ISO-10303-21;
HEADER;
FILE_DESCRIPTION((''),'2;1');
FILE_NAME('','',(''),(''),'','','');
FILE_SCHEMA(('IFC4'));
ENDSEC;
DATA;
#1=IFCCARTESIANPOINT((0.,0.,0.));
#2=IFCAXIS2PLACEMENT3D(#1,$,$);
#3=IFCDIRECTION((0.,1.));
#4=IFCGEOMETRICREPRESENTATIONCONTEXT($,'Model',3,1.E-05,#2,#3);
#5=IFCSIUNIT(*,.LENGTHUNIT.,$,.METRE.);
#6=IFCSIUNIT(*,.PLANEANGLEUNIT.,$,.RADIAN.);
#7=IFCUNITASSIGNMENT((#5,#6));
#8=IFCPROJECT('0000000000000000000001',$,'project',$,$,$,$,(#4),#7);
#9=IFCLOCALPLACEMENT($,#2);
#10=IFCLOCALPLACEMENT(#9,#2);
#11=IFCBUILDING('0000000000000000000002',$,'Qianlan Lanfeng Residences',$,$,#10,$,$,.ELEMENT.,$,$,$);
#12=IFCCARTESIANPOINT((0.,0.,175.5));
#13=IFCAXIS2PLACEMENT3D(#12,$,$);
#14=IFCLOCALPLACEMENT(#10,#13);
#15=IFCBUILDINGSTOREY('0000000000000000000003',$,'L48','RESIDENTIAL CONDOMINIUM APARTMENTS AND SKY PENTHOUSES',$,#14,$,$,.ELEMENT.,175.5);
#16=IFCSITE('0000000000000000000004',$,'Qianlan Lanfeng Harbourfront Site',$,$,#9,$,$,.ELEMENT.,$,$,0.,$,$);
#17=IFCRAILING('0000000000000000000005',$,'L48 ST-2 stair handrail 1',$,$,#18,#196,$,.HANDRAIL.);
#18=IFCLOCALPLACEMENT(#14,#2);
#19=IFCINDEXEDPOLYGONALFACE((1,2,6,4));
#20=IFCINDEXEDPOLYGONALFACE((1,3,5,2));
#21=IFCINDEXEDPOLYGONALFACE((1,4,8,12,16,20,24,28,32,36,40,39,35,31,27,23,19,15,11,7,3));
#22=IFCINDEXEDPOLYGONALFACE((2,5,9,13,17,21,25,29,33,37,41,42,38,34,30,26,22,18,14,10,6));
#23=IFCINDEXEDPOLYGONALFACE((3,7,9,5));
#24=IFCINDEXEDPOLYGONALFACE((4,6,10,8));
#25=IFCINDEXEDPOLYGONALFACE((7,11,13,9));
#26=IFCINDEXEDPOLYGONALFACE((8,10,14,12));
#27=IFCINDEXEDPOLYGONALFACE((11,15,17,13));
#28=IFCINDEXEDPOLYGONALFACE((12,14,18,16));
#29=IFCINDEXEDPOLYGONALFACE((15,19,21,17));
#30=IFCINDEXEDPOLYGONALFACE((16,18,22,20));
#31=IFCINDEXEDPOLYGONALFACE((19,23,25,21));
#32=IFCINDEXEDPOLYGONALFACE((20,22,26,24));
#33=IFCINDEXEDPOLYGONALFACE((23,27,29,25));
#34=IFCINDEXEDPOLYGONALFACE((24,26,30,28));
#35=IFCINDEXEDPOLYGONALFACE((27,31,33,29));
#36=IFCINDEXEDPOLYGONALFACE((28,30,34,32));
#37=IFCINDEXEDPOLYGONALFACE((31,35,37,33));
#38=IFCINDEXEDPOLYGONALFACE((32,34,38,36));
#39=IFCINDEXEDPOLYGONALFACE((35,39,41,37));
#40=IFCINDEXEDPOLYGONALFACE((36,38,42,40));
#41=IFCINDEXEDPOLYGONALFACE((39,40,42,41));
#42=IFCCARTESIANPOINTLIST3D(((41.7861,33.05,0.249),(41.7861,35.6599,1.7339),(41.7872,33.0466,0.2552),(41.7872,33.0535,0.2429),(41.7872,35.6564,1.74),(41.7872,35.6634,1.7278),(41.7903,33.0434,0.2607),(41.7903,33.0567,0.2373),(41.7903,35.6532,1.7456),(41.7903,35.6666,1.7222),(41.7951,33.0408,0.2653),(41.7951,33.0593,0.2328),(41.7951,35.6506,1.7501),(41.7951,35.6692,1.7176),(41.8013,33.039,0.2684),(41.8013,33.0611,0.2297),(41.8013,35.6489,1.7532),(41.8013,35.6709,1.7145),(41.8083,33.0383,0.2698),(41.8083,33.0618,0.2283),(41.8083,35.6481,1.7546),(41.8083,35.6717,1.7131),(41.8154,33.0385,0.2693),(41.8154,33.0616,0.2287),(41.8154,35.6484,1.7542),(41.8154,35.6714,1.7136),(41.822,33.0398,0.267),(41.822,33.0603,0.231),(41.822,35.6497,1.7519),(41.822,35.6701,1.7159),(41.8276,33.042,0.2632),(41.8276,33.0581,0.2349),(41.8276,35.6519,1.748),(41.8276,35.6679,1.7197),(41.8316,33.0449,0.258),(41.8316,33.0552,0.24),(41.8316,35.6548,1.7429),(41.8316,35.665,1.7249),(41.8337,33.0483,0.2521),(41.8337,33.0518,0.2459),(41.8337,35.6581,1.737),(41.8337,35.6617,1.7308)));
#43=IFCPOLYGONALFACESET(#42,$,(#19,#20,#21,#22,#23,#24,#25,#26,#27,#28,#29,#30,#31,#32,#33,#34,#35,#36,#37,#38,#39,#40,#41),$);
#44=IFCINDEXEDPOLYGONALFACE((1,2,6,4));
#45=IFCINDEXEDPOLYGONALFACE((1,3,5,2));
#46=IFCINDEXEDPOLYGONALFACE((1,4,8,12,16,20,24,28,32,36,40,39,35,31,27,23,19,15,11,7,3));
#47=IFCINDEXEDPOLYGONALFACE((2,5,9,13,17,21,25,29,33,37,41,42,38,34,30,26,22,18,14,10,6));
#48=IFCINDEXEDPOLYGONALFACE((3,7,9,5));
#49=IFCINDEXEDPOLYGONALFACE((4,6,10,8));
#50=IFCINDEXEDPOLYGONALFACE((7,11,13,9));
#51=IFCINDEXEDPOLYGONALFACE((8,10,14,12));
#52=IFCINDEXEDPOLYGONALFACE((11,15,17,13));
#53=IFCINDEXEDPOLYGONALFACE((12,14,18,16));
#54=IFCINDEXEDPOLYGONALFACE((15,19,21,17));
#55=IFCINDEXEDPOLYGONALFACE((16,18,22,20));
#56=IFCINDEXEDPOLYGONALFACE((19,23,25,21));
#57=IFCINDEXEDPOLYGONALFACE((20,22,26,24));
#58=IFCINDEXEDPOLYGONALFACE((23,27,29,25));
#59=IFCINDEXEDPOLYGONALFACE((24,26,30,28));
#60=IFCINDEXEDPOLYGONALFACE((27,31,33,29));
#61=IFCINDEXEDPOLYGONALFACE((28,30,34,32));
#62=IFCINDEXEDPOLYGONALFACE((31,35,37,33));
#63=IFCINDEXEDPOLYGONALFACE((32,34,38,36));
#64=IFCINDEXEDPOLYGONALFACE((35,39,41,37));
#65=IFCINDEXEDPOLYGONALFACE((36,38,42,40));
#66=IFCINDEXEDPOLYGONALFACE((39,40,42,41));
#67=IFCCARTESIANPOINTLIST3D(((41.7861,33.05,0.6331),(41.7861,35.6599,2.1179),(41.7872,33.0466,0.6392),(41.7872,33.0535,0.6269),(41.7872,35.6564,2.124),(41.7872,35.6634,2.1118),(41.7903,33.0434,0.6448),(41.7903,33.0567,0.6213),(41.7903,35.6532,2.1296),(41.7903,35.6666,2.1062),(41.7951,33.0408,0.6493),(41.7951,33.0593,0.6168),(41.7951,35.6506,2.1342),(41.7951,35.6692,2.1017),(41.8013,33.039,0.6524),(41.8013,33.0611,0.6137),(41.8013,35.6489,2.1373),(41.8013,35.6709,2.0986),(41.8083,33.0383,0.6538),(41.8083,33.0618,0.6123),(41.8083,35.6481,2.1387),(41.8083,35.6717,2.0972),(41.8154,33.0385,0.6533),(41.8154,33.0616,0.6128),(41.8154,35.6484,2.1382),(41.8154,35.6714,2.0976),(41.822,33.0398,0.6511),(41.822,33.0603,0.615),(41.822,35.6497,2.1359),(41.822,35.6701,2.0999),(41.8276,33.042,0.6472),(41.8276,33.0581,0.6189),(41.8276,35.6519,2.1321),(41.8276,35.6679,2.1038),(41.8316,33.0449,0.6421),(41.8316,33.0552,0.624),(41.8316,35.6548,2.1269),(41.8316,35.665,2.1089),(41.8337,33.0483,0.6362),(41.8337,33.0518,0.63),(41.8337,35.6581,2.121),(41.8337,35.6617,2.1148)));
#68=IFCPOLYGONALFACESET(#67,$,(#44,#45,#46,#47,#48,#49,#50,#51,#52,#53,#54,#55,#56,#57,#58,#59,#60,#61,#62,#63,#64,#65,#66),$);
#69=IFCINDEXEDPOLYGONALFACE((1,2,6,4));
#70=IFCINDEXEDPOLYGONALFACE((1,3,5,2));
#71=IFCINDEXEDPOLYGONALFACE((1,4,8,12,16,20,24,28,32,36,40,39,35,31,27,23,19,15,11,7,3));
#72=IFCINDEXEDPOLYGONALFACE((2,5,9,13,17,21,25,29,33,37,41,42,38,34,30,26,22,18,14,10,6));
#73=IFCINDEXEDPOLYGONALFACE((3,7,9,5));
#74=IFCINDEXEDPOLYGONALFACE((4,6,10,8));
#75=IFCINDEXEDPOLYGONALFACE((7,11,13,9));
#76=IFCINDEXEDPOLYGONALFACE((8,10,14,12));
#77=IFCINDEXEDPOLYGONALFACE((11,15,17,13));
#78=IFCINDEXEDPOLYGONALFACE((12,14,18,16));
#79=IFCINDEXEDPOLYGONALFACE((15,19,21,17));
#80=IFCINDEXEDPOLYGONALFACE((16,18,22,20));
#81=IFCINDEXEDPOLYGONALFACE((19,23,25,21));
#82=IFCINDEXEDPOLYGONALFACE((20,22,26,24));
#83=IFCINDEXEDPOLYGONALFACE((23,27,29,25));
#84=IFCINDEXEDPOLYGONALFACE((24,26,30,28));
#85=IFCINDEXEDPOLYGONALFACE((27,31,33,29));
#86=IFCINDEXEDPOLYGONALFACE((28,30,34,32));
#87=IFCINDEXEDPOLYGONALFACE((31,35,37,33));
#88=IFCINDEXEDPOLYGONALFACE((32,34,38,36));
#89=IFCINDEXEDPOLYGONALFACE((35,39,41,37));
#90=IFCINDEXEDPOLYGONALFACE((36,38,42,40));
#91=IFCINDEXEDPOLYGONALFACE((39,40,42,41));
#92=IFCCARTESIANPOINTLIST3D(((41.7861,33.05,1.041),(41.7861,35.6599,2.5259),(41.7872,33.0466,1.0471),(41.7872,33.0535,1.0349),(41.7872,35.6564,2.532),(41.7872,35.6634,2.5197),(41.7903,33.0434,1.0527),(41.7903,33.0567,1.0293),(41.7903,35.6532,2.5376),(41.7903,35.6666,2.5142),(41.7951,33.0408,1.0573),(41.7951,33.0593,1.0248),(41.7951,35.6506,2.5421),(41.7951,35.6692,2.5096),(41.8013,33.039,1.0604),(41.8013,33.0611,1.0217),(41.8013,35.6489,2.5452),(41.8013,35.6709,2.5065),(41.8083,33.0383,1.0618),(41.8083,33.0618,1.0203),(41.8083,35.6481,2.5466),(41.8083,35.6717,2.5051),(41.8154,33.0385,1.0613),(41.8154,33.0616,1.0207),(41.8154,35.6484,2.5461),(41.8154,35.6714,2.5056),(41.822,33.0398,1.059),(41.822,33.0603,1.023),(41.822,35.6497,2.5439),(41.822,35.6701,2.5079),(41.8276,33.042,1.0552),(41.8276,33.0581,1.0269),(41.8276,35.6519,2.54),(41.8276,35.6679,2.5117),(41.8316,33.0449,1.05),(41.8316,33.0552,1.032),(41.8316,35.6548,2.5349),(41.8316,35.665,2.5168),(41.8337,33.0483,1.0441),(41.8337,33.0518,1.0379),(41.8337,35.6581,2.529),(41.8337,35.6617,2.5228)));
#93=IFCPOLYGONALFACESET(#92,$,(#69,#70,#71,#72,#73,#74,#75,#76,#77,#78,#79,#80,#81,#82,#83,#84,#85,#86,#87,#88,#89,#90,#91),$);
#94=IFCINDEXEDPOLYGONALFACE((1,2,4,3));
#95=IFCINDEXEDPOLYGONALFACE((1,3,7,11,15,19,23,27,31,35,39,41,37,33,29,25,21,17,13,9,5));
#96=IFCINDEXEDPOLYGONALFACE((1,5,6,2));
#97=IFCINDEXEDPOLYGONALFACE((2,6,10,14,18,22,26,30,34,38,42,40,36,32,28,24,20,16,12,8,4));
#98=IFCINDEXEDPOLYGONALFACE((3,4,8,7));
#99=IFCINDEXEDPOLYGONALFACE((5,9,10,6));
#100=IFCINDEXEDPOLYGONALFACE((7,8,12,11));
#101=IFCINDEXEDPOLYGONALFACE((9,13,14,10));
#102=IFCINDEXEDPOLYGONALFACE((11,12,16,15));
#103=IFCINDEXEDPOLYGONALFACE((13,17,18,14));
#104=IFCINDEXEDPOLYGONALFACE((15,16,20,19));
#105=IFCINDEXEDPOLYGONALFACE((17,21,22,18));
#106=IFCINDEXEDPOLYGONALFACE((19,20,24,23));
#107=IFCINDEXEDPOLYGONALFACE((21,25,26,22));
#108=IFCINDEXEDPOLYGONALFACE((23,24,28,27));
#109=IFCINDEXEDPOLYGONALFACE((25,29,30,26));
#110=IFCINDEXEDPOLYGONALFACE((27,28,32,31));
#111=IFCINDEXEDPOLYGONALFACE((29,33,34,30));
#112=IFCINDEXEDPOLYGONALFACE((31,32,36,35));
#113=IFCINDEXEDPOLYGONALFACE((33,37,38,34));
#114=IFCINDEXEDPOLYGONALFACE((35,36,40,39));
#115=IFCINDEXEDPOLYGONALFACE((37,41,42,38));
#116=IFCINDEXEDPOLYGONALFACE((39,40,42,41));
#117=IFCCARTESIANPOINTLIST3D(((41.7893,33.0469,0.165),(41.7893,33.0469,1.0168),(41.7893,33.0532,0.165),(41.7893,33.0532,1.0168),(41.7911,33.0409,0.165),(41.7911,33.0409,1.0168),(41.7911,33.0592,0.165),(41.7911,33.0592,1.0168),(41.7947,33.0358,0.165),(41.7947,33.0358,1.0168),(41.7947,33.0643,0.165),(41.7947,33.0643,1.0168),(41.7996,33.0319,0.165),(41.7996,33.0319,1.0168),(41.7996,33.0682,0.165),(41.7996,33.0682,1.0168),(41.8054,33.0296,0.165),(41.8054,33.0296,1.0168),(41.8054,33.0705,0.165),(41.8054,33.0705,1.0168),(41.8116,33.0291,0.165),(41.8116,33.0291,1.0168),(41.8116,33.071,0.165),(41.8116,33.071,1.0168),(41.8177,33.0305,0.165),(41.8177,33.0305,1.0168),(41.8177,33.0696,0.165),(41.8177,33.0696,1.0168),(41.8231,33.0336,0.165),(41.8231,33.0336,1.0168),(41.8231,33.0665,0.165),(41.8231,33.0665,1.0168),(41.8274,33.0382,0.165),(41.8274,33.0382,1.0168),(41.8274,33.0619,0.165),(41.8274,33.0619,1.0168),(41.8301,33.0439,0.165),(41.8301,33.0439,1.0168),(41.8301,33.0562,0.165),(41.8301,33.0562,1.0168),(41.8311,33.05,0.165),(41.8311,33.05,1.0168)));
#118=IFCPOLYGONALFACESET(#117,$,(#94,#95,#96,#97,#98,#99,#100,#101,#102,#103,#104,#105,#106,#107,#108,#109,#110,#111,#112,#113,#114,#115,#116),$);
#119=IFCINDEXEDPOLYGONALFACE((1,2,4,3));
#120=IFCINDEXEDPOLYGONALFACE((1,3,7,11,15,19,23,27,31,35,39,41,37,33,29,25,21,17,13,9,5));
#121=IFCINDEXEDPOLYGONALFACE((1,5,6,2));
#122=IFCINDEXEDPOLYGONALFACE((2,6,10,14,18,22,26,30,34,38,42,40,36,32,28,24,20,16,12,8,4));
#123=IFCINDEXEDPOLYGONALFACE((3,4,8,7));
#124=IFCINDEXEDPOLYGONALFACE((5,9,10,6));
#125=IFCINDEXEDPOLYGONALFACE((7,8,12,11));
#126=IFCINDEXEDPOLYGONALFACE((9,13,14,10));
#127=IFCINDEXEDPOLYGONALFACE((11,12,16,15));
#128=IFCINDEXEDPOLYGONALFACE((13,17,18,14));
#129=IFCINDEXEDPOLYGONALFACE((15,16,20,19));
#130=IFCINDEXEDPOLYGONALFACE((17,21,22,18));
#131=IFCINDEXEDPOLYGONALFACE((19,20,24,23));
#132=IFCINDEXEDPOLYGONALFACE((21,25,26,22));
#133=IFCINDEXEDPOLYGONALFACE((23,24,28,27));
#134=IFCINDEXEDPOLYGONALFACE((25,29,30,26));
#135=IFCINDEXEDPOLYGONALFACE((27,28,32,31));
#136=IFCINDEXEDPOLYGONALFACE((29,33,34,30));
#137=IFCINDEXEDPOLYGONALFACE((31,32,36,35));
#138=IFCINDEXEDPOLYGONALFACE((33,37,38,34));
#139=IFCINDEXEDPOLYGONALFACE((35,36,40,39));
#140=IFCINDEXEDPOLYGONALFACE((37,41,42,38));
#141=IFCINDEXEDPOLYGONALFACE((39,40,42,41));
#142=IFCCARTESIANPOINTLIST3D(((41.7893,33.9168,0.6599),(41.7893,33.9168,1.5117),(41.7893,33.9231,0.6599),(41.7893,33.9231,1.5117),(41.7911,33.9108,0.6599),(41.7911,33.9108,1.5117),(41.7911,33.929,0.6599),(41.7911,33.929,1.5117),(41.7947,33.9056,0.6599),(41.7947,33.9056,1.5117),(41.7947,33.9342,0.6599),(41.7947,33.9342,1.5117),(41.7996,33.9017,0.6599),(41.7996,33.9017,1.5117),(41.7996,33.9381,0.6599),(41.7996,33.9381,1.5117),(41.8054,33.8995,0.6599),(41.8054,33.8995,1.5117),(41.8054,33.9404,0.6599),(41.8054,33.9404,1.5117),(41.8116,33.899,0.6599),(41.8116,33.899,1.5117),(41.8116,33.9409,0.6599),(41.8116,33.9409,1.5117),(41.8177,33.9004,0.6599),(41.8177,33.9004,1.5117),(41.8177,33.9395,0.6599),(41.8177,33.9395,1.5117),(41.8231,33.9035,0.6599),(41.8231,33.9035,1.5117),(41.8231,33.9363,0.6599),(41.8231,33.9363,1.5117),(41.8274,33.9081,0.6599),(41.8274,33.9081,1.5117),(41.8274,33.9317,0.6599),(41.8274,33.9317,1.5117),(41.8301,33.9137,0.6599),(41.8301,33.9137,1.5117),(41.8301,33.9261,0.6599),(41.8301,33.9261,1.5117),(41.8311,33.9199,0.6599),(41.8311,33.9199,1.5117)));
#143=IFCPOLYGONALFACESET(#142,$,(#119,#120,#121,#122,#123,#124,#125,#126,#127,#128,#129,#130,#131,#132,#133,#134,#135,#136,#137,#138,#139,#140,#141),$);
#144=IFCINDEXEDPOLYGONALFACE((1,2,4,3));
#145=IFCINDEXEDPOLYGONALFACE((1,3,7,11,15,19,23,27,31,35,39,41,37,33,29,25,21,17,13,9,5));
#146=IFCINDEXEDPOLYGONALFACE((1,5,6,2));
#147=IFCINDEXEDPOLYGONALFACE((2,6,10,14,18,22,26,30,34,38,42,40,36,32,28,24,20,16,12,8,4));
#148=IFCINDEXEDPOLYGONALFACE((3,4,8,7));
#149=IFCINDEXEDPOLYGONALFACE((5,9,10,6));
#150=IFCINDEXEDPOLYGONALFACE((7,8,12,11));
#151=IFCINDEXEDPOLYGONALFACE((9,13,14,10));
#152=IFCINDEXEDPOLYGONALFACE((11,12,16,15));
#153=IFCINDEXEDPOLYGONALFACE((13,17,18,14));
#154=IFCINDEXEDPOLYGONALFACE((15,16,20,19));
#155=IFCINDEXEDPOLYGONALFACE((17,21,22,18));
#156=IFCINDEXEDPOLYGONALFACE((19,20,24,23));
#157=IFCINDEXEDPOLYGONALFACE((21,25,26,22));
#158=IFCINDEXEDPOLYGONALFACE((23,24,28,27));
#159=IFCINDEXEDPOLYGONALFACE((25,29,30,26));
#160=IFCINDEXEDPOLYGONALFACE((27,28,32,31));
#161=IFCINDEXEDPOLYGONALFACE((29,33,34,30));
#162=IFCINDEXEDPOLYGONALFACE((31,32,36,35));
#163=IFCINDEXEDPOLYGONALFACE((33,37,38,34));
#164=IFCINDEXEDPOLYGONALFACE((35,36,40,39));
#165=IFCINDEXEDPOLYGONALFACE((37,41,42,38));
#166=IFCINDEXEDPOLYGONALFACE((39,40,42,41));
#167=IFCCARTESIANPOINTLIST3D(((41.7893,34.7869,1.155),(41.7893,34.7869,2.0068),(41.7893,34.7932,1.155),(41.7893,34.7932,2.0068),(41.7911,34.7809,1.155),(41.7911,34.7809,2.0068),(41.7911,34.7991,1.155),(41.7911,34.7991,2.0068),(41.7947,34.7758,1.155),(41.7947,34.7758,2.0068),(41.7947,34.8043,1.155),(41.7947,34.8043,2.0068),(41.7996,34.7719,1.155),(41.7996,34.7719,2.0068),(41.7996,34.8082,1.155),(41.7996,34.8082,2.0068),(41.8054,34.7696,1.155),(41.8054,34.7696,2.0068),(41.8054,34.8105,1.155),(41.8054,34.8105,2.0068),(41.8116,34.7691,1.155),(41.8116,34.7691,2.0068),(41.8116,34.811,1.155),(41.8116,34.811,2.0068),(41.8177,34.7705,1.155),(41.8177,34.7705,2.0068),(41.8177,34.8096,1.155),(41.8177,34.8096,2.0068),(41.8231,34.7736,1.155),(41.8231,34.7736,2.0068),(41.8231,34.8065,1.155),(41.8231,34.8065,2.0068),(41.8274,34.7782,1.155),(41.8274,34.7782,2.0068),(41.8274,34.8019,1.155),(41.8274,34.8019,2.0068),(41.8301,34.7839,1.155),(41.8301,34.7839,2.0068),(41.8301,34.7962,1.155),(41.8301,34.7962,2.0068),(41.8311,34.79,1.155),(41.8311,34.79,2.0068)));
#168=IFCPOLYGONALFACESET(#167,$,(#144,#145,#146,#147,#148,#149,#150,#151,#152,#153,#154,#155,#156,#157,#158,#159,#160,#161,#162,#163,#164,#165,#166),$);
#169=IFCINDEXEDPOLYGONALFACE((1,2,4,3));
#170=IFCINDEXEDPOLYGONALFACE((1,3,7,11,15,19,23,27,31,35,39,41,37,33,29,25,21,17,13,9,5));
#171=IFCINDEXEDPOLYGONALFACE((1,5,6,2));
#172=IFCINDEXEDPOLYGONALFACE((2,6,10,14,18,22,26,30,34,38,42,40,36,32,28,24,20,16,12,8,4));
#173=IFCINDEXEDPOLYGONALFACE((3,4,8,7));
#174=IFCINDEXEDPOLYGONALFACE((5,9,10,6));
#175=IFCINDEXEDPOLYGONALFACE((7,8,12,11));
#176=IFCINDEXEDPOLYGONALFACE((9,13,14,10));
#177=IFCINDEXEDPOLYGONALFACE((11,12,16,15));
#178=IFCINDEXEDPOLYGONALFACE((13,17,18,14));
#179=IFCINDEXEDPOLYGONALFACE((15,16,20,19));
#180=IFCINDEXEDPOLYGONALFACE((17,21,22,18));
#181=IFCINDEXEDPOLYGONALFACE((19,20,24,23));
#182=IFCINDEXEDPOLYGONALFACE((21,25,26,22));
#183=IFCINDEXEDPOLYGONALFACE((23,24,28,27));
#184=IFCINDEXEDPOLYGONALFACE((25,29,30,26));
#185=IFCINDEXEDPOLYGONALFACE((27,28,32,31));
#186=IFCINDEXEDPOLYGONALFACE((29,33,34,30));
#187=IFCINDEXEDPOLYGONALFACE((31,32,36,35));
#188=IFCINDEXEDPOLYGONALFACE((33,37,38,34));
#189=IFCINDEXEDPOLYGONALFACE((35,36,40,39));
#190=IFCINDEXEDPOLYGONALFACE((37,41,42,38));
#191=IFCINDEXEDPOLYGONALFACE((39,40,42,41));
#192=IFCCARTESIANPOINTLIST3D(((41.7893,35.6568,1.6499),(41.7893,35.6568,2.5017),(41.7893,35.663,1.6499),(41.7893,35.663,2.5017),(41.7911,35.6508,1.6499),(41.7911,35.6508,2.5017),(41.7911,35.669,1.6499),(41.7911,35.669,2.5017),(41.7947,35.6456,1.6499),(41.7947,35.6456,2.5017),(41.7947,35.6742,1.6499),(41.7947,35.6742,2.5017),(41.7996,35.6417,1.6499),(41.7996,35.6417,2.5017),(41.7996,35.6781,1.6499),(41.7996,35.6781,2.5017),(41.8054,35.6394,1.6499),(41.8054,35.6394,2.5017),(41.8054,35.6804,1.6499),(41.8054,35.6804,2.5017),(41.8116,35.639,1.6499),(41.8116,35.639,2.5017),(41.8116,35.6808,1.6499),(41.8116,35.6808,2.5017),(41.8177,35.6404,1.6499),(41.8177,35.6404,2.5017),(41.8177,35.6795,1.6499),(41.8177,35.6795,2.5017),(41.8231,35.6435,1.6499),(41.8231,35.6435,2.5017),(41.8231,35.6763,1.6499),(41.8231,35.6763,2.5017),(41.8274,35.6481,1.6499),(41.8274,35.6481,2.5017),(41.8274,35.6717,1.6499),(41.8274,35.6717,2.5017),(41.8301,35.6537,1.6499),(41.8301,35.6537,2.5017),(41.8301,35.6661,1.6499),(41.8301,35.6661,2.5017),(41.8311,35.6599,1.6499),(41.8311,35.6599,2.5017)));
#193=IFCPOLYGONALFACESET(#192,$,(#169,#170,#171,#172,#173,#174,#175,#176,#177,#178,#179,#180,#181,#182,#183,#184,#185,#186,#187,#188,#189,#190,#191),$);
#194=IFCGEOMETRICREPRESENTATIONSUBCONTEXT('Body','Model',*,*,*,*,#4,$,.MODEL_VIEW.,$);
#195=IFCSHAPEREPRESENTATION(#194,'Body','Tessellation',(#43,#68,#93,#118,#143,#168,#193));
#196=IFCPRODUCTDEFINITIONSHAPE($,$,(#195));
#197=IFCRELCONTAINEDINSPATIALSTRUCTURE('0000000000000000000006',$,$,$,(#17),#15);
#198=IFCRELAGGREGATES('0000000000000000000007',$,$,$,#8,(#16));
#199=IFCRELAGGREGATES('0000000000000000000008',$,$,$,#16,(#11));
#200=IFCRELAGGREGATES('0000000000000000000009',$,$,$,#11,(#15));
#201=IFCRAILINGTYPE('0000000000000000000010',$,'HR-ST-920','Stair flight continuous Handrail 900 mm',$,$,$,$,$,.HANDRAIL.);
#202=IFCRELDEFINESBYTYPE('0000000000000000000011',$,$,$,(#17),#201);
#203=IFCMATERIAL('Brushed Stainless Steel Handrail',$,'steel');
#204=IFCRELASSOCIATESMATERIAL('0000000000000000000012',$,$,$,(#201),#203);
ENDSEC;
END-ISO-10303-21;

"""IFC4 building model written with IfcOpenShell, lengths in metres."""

from ifc_helpers import new_model, si_unit, direction, frame, origin, origin_2d, place, context, subcontext, project, spatial, circle, extrude, material, type_object, element, save


model = new_model("IFC4")

# Units and contexts
model_context = context("Model", 3, precision=1e-05, world=origin(), true_north=direction((0.0, 1.0)))
body_context = subcontext(model_context, "Body", "Model", "MODEL_VIEW")
ifc_project = project(units=[si_unit("LENGTHUNIT", "METRE"), si_unit("PLANEANGLEUNIT", "RADIAN")], contexts=[model_context])

# Site, building, storey
site_placement = place(None, origin())
site = spatial("IfcSite", under=ifc_project, at=site_placement, Name="Qianlan Lanfeng Harbourfront Site", CompositionType="ELEMENT", RefElevation=0.0)
building_placement = place(site_placement, origin())
building = spatial("IfcBuilding", under=site, at=building_placement, Name="Qianlan Lanfeng Residences", CompositionType="ELEMENT")
storey_placement = place(building_placement, frame((0.0, 0.0, 175.5)))
storey = spatial("IfcBuildingStorey", under=building, at=storey_placement, Name="L48", Description="RESIDENTIAL CONDOMINIUM APARTMENTS AND SKY PENTHOUSES", CompositionType="ELEMENT", Elevation=175.5)

# Railing
ifc_material_1 = material(Name="Brushed Stainless Steel Handrail", Category="steel")
railing_type_1 = type_object("IfcRailingType", Name="HR-ST-920", Description="Stair flight continuous Handrail 900 mm", PredefinedType="HANDRAIL", material=ifc_material_1)
railing_1_placement = place(storey_placement, frame((41.8101, 33.05, 0.165)))
element("IfcRailing", 1, at=railing_1_placement, inside=storey, type_object=railing_type_1, Name="L48 ST-2 stair handrail 1", PredefinedType="HANDRAIL", context=body_context, shape_type="SweptSolid", body=[
    extrude(circle(Radius=0.0239, at=origin_2d()), frame((0.0, 0.0, 0.084), z_axis=(0.0, 0.869172, 0.494509), x_axis=(-1.0, 0.0, 0.0)), (0.0, 0.0, 1.0), 3.0027),
    extrude(circle(Radius=0.0239, at=origin_2d()), frame((0.0, 0.0, 0.468), z_axis=(0.0, 0.869172, 0.494509), x_axis=(-1.0, 0.0, 0.0)), (0.0, 0.0, 1.0), 3.0027),
    extrude(circle(Radius=0.0239, at=origin_2d()), frame((0.0, 0.0, 0.876), z_axis=(0.0, 0.869172, 0.494509), x_axis=(-1.0, 0.0, 0.0)), (0.0, 0.0, 1.0), 3.0027),
    extrude(circle(Radius=0.021, at=origin_2d()), origin(), (0.0, 0.0, 1.0), 0.8518),
    extrude(circle(Radius=0.021, at=origin_2d()), frame((0.0, 0.8699, 0.4949)), (0.0, 0.0, 1.0), 0.8518),
    extrude(circle(Radius=0.021, at=origin_2d()), frame((0.0, 1.74, 0.99)), (0.0, 0.0, 1.0), 0.8518),
    extrude(circle(Radius=0.021, at=origin_2d()), frame((0.0, 2.6099, 1.4849)), (0.0, 0.0, 1.0), 0.8518),
])

save(model, "model.ifc")
